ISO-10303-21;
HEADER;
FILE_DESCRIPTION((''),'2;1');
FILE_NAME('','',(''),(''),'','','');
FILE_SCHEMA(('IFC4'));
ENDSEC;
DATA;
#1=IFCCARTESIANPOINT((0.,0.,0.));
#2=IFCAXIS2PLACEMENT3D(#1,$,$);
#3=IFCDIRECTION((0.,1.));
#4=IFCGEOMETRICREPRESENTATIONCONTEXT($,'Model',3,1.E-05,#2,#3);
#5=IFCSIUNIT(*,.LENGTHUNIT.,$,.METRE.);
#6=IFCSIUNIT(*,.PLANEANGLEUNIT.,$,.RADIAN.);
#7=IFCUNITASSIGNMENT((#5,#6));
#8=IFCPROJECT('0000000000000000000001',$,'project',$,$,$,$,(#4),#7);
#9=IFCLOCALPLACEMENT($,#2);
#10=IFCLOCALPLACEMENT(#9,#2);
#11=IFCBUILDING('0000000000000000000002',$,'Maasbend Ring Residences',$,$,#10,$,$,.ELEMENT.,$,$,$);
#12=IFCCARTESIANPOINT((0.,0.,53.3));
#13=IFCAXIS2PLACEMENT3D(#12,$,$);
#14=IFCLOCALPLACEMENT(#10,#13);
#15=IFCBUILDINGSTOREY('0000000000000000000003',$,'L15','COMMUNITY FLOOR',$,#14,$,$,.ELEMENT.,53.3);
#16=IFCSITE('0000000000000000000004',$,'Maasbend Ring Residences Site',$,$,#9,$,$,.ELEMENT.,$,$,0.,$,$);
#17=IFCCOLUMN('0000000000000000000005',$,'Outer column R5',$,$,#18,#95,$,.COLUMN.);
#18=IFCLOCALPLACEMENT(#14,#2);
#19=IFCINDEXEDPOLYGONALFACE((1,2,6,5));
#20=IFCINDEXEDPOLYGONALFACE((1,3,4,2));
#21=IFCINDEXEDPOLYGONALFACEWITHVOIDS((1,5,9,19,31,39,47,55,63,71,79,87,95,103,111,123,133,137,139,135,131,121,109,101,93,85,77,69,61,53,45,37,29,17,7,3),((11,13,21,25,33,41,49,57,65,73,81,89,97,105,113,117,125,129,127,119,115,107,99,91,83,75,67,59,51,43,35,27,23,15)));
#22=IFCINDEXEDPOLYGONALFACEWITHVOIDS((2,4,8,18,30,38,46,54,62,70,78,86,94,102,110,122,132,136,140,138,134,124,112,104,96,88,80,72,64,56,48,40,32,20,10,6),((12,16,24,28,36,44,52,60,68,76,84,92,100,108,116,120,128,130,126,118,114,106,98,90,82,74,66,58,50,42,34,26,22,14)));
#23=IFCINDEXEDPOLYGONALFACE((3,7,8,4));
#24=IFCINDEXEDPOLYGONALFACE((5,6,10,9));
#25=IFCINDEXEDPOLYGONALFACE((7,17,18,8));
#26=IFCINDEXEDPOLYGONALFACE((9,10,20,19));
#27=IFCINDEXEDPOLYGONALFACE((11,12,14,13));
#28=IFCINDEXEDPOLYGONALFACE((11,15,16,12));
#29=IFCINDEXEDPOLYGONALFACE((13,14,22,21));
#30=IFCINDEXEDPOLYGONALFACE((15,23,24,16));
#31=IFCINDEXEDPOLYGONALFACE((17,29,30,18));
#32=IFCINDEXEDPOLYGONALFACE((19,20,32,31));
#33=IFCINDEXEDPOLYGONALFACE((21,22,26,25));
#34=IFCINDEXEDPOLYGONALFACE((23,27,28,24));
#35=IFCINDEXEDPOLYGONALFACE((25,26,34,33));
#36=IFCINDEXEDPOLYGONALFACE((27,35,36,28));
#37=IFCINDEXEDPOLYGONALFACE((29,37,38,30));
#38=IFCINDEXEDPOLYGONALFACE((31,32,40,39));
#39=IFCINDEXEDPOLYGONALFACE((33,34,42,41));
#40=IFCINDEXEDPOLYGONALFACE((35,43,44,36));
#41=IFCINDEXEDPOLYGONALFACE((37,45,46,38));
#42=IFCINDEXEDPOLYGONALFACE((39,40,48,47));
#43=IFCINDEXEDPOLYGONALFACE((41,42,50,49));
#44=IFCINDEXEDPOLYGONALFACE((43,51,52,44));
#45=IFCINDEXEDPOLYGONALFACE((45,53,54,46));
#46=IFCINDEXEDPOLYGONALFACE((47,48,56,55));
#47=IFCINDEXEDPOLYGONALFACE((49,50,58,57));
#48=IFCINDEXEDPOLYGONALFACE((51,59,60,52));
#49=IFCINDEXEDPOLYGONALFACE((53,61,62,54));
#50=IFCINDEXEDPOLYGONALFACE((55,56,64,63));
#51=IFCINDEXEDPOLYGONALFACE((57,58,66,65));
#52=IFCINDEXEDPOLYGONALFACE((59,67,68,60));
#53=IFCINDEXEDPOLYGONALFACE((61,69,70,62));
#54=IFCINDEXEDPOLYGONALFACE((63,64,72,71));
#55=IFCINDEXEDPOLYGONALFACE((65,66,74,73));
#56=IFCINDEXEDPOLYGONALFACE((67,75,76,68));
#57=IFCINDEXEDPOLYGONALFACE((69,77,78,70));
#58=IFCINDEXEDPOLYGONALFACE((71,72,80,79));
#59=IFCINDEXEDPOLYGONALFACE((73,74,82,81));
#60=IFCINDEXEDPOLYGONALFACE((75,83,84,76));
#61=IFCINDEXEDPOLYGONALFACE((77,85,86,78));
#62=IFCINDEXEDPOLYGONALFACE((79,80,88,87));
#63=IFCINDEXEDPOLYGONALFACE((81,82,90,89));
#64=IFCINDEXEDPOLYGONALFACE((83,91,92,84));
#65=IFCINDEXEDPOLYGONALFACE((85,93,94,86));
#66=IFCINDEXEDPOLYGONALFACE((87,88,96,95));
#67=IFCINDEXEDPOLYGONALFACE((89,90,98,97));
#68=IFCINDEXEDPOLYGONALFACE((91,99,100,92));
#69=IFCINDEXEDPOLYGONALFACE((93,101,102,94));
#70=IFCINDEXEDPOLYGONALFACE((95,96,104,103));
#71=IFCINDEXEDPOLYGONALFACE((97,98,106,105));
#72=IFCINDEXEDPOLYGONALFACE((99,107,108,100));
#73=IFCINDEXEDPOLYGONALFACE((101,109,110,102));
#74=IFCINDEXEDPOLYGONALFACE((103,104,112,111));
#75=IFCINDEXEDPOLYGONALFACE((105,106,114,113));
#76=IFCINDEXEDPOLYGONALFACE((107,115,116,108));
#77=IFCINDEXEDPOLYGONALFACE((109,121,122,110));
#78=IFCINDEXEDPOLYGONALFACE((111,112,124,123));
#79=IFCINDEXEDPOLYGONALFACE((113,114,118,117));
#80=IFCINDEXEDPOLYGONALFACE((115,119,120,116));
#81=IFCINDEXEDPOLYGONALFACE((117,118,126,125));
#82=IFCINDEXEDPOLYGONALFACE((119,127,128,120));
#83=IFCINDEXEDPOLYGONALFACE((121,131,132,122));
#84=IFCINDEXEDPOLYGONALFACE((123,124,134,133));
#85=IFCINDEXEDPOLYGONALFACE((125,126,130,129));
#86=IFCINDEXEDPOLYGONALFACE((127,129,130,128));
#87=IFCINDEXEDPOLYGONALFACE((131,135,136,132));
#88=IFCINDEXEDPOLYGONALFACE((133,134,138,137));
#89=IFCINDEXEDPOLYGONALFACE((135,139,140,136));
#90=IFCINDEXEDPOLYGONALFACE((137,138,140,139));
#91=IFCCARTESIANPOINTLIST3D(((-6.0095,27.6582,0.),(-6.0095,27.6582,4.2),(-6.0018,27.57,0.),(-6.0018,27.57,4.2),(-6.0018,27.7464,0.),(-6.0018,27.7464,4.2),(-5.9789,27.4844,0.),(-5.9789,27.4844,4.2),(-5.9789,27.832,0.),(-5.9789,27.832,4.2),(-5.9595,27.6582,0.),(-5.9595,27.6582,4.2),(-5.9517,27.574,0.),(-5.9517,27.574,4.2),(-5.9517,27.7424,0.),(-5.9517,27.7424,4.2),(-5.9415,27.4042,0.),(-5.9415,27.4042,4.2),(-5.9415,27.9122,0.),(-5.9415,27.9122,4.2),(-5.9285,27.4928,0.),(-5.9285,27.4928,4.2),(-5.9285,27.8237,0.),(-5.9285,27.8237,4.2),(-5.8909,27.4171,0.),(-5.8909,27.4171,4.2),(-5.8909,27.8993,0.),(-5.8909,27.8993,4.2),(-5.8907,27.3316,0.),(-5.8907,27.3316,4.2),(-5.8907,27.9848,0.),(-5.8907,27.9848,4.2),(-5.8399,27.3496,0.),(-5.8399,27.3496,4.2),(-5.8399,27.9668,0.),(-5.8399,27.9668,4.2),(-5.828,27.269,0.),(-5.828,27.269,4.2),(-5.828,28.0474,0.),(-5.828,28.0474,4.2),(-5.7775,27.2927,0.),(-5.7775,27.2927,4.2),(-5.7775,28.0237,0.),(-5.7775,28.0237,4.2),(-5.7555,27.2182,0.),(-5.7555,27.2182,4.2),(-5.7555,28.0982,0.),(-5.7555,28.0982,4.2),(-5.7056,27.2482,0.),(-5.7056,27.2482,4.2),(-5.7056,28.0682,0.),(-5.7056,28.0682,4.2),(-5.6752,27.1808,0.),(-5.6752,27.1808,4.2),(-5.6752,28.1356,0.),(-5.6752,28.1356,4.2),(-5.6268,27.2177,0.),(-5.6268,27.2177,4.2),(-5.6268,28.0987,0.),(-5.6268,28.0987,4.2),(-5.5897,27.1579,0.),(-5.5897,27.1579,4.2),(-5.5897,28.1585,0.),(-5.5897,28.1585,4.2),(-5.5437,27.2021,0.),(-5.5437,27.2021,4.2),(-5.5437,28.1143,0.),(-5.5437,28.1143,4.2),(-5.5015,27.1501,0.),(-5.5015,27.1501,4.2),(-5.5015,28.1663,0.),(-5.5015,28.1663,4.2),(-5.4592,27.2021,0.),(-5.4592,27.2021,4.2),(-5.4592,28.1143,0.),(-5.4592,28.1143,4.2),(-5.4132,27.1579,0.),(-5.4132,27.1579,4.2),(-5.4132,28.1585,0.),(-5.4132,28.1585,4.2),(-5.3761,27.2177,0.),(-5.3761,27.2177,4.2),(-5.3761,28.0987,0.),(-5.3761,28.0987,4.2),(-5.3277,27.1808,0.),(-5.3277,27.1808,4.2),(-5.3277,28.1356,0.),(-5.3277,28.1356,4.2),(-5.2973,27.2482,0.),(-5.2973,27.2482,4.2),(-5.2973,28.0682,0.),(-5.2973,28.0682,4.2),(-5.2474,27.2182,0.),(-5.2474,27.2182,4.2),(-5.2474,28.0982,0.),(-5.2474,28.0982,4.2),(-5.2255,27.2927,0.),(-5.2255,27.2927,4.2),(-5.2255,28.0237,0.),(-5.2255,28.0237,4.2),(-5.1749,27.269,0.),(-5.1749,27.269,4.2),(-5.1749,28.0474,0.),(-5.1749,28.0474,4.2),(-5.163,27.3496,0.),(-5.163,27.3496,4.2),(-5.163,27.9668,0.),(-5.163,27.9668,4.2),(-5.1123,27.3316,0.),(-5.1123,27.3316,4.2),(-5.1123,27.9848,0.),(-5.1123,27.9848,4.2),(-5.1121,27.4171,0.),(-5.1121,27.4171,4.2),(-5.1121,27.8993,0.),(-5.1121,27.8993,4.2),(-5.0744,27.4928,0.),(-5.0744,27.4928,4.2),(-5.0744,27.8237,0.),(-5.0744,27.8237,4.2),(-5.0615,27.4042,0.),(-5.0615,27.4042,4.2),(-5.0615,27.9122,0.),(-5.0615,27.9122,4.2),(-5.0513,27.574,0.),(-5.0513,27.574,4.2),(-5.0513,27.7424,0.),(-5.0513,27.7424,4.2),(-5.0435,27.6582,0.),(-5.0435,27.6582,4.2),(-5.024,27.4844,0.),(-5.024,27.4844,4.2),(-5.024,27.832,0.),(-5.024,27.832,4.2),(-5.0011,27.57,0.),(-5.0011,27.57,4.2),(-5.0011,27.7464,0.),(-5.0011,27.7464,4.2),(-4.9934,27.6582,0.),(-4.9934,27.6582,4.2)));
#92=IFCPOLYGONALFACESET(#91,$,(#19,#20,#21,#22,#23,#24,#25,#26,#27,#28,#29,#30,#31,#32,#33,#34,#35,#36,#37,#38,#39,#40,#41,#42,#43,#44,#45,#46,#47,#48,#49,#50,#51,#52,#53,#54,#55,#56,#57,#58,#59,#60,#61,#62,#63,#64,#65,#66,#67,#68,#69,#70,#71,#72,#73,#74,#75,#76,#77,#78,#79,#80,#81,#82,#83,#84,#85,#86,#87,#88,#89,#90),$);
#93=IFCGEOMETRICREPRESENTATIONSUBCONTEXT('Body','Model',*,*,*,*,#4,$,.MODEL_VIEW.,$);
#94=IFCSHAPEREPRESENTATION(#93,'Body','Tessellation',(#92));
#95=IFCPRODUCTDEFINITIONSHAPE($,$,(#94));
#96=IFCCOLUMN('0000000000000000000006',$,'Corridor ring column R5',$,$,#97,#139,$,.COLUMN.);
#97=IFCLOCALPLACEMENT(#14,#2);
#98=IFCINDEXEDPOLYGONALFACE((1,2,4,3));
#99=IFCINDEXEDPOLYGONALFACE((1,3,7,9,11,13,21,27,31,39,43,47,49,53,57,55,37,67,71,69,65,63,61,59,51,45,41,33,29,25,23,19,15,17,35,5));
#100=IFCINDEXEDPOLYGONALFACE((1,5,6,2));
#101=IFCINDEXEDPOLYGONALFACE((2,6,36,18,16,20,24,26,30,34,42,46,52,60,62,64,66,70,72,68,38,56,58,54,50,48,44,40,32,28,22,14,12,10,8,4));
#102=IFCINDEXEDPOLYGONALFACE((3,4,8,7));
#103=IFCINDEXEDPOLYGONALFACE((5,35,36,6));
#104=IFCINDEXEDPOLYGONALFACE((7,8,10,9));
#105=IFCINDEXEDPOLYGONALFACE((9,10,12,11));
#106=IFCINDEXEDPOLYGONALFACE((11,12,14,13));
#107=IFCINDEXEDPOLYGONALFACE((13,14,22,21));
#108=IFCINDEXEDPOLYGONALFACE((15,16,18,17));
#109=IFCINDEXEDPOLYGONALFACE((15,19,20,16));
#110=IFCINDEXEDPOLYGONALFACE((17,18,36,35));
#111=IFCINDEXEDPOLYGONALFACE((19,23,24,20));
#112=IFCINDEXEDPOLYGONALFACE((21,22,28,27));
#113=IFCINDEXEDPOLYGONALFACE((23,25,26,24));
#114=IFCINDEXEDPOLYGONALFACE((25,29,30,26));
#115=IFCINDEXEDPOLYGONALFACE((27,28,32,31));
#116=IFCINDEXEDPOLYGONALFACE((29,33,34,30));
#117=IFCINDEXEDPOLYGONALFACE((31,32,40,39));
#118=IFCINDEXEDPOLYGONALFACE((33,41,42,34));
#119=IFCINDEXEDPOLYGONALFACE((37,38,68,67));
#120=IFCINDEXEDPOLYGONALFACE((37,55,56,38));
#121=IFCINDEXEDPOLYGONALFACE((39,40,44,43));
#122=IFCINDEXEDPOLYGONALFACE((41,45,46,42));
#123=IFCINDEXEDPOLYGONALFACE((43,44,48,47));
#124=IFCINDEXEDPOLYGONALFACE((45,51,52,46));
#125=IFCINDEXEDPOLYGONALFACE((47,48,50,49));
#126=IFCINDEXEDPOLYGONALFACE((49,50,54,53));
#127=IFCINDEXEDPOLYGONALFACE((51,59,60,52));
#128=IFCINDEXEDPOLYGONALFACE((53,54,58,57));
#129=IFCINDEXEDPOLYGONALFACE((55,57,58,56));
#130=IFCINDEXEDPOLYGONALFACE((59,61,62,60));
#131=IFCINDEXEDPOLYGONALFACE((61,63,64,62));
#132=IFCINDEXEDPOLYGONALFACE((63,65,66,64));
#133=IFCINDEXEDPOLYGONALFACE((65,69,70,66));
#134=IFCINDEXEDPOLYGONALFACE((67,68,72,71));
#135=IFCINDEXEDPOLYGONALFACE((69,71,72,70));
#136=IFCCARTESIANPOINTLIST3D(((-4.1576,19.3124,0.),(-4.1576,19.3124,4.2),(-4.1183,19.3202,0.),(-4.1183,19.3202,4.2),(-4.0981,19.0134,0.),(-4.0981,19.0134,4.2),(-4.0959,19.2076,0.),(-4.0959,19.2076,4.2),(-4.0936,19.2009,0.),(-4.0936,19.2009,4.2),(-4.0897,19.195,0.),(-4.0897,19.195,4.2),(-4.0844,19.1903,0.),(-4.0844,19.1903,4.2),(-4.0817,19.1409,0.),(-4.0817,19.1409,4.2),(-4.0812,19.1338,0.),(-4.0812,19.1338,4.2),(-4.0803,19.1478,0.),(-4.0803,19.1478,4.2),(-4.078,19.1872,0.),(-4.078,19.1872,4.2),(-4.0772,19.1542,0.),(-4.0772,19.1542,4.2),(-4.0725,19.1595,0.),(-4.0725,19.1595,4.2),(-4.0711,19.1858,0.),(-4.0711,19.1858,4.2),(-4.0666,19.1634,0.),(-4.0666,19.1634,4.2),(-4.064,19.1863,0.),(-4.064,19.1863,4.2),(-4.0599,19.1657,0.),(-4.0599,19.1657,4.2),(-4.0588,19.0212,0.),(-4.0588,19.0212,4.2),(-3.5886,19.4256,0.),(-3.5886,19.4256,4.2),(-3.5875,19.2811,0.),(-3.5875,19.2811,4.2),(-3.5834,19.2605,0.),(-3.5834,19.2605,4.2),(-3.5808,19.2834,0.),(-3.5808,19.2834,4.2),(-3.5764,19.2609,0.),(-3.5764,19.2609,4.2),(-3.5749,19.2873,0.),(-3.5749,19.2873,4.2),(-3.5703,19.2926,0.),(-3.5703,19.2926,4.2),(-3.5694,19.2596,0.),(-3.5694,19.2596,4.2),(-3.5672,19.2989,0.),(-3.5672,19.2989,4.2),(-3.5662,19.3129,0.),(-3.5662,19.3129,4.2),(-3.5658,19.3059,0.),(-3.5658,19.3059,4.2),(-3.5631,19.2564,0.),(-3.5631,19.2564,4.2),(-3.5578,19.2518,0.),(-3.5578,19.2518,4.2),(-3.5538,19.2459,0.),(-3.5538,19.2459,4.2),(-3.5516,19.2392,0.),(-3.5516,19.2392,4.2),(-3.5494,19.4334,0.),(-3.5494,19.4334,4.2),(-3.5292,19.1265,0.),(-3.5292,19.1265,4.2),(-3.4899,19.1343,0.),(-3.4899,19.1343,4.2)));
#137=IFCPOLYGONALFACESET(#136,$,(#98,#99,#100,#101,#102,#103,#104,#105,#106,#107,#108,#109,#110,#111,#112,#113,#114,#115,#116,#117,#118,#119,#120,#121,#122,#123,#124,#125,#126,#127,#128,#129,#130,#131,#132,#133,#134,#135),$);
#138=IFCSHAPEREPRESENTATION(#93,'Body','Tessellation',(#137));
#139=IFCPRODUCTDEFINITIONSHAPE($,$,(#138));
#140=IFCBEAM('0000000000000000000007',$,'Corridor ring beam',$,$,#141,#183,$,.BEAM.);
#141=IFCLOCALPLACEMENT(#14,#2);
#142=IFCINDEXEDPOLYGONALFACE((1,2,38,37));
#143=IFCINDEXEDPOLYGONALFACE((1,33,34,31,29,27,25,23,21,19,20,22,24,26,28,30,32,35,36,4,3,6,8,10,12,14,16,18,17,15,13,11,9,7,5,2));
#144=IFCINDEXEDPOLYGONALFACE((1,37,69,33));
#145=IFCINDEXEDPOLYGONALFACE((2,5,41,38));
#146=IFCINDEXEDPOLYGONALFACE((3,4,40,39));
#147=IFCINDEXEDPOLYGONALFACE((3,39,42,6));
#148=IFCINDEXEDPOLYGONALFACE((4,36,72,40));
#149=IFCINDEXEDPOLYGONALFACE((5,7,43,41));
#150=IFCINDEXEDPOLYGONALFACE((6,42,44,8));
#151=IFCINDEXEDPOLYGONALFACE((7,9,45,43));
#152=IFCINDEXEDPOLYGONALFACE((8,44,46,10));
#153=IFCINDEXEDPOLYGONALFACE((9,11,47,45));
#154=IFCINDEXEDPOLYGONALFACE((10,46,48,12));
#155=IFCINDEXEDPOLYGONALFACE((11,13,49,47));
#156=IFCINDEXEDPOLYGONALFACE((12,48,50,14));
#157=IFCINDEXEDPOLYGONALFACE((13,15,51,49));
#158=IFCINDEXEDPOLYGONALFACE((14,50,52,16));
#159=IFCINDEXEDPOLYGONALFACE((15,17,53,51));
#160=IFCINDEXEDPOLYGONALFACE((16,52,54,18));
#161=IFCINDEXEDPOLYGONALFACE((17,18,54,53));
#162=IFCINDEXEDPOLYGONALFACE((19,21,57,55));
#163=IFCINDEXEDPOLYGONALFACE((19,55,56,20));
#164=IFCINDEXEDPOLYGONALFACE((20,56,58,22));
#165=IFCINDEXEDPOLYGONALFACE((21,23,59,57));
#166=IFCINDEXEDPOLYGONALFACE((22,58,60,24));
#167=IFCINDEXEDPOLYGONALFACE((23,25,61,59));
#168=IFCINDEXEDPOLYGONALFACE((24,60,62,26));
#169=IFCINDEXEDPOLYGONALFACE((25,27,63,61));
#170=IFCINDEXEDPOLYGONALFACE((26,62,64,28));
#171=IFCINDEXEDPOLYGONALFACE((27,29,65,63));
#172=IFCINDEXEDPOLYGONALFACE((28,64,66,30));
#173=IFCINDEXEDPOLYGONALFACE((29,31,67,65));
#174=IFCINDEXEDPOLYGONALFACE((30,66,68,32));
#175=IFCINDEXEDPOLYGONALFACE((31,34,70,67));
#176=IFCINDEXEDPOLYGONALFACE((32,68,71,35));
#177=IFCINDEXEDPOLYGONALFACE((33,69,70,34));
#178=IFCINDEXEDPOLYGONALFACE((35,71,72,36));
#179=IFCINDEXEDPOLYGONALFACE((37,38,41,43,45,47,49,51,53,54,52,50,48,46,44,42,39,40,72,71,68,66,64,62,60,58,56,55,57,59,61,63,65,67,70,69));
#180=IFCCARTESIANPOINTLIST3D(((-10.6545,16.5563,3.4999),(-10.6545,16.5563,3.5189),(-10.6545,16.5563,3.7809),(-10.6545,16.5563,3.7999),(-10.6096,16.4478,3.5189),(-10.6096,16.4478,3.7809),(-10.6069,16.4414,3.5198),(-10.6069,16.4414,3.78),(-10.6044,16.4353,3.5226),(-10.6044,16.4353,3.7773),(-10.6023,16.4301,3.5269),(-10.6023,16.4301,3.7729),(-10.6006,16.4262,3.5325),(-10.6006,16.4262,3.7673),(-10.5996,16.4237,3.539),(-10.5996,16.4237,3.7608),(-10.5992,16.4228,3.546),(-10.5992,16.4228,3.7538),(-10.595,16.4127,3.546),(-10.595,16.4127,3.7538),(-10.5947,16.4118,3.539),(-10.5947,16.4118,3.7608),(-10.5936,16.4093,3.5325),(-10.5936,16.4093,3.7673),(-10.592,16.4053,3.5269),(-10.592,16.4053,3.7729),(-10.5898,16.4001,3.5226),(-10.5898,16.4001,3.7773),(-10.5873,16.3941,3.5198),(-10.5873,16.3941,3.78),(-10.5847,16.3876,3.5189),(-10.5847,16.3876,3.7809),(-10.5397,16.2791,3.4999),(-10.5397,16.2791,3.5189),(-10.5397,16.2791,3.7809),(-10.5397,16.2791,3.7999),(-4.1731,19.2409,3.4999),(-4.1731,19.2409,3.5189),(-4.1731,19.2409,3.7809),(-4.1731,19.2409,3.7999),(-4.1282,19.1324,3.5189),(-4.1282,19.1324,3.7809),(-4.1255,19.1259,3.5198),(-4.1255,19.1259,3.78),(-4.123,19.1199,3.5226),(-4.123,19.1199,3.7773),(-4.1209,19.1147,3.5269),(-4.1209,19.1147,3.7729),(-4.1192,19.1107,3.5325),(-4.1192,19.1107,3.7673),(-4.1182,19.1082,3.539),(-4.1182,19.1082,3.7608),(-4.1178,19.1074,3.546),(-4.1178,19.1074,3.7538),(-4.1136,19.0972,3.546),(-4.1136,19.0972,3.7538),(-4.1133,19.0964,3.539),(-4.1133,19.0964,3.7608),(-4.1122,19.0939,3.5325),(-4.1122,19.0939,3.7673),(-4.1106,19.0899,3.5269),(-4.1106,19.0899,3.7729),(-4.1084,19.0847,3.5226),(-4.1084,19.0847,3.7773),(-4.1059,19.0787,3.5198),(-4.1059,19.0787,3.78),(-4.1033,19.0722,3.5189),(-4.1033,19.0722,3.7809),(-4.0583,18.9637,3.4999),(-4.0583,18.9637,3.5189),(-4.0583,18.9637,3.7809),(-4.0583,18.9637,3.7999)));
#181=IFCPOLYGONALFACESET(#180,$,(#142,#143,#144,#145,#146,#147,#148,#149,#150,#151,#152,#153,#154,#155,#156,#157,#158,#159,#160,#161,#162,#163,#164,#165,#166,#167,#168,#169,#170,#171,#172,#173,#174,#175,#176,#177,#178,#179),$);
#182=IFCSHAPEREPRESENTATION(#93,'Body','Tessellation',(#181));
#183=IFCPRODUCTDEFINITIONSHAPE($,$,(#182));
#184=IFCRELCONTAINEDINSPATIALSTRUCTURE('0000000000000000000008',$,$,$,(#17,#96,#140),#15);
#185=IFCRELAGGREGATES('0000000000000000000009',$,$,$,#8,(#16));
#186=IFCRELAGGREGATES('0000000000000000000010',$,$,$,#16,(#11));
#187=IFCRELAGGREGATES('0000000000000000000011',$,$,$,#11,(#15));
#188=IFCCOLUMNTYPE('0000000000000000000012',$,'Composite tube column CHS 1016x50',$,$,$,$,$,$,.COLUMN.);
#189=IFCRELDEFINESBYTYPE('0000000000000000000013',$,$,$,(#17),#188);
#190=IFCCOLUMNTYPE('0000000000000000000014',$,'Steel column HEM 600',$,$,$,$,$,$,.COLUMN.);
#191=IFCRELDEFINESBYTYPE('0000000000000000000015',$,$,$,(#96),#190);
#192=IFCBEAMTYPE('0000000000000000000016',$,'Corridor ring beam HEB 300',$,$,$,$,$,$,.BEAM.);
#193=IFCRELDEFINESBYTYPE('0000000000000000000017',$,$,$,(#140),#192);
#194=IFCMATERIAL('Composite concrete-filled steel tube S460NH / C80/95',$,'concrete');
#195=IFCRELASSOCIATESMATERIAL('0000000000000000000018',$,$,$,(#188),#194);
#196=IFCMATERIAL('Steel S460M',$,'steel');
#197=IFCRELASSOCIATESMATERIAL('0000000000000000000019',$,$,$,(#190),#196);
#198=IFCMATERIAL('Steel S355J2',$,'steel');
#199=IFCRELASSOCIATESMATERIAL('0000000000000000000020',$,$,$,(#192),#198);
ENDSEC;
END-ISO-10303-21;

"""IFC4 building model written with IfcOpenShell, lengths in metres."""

from ifc_helpers import new_model, si_unit, direction, frame, origin, origin_2d, place, context, subcontext, project, spatial, hollow_circle, i_section, extrude, material, material_profile, profile_set, type_object, element, save


model = new_model("IFC4")

# Units and contexts
model_context = context("Model", 3, precision=1e-05, world=origin(), true_north=direction((0.0, 1.0)))
body_context = subcontext(model_context, "Body", "Model", "MODEL_VIEW")
ifc_project = project(units=[si_unit("LENGTHUNIT", "METRE"), si_unit("PLANEANGLEUNIT", "RADIAN")], contexts=[model_context])

# Site, building, storey
site_placement = place(None, origin())
site = spatial("IfcSite", under=ifc_project, at=site_placement, Name="Maasbend Ring Residences Site", CompositionType="ELEMENT", RefElevation=0.0)
building_placement = place(site_placement, origin())
building = spatial("IfcBuilding", under=site, at=building_placement, Name="Maasbend Ring Residences", CompositionType="ELEMENT")
storey_placement = place(building_placement, frame((0.0, 0.0, 53.3)))
storey = spatial("IfcBuildingStorey", under=building, at=storey_placement, Name="L15", Description="COMMUNITY FLOOR", CompositionType="ELEMENT", Elevation=53.3)

# Columns
ifc_material_1 = material(Name="Composite concrete-filled steel tube S460NH / C80/95", Category="concrete")
ifc_material_profile_1 = material_profile(ifc_material_1, hollow_circle(Radius=0.5081, WallThickness=0.05, at=origin_2d()), Name="Composite tube column CHS 1016x50")
ifc_profile_set_1 = profile_set([ifc_material_profile_1], Name="Composite concrete-filled steel tube S460NH / C80/95")
column_type_1 = type_object("IfcColumnType", Name="Composite tube column CHS 1016x50", PredefinedType="COLUMN", material=ifc_profile_set_1)
column_1_placement = place(storey_placement, frame((-5.5015, 27.6582, 0.0), z_axis=(0.0, 0.0, 1.0), x_axis=(1.0, 0.0, 0.0)))
element("IfcColumn", 1, at=column_1_placement, inside=storey, type_object=column_type_1, Name="Outer column R5", PredefinedType="COLUMN", context=body_context, shape_type="SweptSolid", body=[
    extrude(hollow_circle(Radius=0.5081, WallThickness=0.05, at=origin_2d()), origin(), (0.0, 0.0, 1.0), 4.2),
])
ifc_material_2 = material(Name="Steel S460M", Category="steel")
ifc_material_profile_2 = material_profile(ifc_material_2, i_section(OverallWidth=0.3049, OverallDepth=0.6201, WebThickness=0.021, FlangeThickness=0.04, FilletRadius=0.0271, at=origin_2d()), Name="HEM 600")
ifc_profile_set_2 = profile_set([ifc_material_profile_2], Name="Steel S460M")
column_type_2 = type_object("IfcColumnType", Name="Steel column HEM 600", PredefinedType="COLUMN", material=ifc_profile_set_2)
column_2_placement = place(storey_placement, frame((-3.8237, 19.2234, 0.0), z_axis=(0.0, 0.0, 1.0), x_axis=(-0.19509, 0.980785, 0.0)))
element("IfcColumn", 2, at=column_2_placement, inside=storey, type_object=column_type_2, Name="Corridor ring column R5", PredefinedType="COLUMN", context=body_context, shape_type="SweptSolid", body=[
    extrude(i_section(OverallWidth=0.3049, OverallDepth=0.6201, WebThickness=0.021, FlangeThickness=0.04, FilletRadius=0.0271, at=origin_2d()), origin(), (0.0, 0.0, 1.0), 4.2),
])

# Beam
ifc_material_3 = material(Name="Steel S355J2", Category="steel")
ifc_material_profile_3 = material_profile(ifc_material_3, i_section(OverallWidth=0.3, OverallDepth=0.3, WebThickness=0.011, FlangeThickness=0.019, FilletRadius=0.0271, at=origin_2d()), Name="HEB 300")
ifc_profile_set_3 = profile_set([ifc_material_profile_3], Name="Steel S355J2")
beam_type_1 = type_object("IfcBeamType", Name="Corridor ring beam HEB 300", PredefinedType="BEAM", material=ifc_profile_set_3)
beam_1_placement = place(storey_placement, frame((-4.1157, 19.1023, 3.6499), z_axis=(-0.923886, -0.382667, 0.0), x_axis=(0.382667, -0.923886, 0.0)))
element("IfcBeam", 3, at=beam_1_placement, inside=storey, type_object=beam_type_1, Name="Corridor ring beam", PredefinedType="BEAM", context=body_context, shape_type="SweptSolid", body=[
    extrude(i_section(OverallWidth=0.3, OverallDepth=0.3, WebThickness=0.011, FlangeThickness=0.019, FilletRadius=0.0271, at=origin_2d()), origin(), (0.0, 0.0, 1.0), 7.0154),
])

save(model, "model.ifc")
